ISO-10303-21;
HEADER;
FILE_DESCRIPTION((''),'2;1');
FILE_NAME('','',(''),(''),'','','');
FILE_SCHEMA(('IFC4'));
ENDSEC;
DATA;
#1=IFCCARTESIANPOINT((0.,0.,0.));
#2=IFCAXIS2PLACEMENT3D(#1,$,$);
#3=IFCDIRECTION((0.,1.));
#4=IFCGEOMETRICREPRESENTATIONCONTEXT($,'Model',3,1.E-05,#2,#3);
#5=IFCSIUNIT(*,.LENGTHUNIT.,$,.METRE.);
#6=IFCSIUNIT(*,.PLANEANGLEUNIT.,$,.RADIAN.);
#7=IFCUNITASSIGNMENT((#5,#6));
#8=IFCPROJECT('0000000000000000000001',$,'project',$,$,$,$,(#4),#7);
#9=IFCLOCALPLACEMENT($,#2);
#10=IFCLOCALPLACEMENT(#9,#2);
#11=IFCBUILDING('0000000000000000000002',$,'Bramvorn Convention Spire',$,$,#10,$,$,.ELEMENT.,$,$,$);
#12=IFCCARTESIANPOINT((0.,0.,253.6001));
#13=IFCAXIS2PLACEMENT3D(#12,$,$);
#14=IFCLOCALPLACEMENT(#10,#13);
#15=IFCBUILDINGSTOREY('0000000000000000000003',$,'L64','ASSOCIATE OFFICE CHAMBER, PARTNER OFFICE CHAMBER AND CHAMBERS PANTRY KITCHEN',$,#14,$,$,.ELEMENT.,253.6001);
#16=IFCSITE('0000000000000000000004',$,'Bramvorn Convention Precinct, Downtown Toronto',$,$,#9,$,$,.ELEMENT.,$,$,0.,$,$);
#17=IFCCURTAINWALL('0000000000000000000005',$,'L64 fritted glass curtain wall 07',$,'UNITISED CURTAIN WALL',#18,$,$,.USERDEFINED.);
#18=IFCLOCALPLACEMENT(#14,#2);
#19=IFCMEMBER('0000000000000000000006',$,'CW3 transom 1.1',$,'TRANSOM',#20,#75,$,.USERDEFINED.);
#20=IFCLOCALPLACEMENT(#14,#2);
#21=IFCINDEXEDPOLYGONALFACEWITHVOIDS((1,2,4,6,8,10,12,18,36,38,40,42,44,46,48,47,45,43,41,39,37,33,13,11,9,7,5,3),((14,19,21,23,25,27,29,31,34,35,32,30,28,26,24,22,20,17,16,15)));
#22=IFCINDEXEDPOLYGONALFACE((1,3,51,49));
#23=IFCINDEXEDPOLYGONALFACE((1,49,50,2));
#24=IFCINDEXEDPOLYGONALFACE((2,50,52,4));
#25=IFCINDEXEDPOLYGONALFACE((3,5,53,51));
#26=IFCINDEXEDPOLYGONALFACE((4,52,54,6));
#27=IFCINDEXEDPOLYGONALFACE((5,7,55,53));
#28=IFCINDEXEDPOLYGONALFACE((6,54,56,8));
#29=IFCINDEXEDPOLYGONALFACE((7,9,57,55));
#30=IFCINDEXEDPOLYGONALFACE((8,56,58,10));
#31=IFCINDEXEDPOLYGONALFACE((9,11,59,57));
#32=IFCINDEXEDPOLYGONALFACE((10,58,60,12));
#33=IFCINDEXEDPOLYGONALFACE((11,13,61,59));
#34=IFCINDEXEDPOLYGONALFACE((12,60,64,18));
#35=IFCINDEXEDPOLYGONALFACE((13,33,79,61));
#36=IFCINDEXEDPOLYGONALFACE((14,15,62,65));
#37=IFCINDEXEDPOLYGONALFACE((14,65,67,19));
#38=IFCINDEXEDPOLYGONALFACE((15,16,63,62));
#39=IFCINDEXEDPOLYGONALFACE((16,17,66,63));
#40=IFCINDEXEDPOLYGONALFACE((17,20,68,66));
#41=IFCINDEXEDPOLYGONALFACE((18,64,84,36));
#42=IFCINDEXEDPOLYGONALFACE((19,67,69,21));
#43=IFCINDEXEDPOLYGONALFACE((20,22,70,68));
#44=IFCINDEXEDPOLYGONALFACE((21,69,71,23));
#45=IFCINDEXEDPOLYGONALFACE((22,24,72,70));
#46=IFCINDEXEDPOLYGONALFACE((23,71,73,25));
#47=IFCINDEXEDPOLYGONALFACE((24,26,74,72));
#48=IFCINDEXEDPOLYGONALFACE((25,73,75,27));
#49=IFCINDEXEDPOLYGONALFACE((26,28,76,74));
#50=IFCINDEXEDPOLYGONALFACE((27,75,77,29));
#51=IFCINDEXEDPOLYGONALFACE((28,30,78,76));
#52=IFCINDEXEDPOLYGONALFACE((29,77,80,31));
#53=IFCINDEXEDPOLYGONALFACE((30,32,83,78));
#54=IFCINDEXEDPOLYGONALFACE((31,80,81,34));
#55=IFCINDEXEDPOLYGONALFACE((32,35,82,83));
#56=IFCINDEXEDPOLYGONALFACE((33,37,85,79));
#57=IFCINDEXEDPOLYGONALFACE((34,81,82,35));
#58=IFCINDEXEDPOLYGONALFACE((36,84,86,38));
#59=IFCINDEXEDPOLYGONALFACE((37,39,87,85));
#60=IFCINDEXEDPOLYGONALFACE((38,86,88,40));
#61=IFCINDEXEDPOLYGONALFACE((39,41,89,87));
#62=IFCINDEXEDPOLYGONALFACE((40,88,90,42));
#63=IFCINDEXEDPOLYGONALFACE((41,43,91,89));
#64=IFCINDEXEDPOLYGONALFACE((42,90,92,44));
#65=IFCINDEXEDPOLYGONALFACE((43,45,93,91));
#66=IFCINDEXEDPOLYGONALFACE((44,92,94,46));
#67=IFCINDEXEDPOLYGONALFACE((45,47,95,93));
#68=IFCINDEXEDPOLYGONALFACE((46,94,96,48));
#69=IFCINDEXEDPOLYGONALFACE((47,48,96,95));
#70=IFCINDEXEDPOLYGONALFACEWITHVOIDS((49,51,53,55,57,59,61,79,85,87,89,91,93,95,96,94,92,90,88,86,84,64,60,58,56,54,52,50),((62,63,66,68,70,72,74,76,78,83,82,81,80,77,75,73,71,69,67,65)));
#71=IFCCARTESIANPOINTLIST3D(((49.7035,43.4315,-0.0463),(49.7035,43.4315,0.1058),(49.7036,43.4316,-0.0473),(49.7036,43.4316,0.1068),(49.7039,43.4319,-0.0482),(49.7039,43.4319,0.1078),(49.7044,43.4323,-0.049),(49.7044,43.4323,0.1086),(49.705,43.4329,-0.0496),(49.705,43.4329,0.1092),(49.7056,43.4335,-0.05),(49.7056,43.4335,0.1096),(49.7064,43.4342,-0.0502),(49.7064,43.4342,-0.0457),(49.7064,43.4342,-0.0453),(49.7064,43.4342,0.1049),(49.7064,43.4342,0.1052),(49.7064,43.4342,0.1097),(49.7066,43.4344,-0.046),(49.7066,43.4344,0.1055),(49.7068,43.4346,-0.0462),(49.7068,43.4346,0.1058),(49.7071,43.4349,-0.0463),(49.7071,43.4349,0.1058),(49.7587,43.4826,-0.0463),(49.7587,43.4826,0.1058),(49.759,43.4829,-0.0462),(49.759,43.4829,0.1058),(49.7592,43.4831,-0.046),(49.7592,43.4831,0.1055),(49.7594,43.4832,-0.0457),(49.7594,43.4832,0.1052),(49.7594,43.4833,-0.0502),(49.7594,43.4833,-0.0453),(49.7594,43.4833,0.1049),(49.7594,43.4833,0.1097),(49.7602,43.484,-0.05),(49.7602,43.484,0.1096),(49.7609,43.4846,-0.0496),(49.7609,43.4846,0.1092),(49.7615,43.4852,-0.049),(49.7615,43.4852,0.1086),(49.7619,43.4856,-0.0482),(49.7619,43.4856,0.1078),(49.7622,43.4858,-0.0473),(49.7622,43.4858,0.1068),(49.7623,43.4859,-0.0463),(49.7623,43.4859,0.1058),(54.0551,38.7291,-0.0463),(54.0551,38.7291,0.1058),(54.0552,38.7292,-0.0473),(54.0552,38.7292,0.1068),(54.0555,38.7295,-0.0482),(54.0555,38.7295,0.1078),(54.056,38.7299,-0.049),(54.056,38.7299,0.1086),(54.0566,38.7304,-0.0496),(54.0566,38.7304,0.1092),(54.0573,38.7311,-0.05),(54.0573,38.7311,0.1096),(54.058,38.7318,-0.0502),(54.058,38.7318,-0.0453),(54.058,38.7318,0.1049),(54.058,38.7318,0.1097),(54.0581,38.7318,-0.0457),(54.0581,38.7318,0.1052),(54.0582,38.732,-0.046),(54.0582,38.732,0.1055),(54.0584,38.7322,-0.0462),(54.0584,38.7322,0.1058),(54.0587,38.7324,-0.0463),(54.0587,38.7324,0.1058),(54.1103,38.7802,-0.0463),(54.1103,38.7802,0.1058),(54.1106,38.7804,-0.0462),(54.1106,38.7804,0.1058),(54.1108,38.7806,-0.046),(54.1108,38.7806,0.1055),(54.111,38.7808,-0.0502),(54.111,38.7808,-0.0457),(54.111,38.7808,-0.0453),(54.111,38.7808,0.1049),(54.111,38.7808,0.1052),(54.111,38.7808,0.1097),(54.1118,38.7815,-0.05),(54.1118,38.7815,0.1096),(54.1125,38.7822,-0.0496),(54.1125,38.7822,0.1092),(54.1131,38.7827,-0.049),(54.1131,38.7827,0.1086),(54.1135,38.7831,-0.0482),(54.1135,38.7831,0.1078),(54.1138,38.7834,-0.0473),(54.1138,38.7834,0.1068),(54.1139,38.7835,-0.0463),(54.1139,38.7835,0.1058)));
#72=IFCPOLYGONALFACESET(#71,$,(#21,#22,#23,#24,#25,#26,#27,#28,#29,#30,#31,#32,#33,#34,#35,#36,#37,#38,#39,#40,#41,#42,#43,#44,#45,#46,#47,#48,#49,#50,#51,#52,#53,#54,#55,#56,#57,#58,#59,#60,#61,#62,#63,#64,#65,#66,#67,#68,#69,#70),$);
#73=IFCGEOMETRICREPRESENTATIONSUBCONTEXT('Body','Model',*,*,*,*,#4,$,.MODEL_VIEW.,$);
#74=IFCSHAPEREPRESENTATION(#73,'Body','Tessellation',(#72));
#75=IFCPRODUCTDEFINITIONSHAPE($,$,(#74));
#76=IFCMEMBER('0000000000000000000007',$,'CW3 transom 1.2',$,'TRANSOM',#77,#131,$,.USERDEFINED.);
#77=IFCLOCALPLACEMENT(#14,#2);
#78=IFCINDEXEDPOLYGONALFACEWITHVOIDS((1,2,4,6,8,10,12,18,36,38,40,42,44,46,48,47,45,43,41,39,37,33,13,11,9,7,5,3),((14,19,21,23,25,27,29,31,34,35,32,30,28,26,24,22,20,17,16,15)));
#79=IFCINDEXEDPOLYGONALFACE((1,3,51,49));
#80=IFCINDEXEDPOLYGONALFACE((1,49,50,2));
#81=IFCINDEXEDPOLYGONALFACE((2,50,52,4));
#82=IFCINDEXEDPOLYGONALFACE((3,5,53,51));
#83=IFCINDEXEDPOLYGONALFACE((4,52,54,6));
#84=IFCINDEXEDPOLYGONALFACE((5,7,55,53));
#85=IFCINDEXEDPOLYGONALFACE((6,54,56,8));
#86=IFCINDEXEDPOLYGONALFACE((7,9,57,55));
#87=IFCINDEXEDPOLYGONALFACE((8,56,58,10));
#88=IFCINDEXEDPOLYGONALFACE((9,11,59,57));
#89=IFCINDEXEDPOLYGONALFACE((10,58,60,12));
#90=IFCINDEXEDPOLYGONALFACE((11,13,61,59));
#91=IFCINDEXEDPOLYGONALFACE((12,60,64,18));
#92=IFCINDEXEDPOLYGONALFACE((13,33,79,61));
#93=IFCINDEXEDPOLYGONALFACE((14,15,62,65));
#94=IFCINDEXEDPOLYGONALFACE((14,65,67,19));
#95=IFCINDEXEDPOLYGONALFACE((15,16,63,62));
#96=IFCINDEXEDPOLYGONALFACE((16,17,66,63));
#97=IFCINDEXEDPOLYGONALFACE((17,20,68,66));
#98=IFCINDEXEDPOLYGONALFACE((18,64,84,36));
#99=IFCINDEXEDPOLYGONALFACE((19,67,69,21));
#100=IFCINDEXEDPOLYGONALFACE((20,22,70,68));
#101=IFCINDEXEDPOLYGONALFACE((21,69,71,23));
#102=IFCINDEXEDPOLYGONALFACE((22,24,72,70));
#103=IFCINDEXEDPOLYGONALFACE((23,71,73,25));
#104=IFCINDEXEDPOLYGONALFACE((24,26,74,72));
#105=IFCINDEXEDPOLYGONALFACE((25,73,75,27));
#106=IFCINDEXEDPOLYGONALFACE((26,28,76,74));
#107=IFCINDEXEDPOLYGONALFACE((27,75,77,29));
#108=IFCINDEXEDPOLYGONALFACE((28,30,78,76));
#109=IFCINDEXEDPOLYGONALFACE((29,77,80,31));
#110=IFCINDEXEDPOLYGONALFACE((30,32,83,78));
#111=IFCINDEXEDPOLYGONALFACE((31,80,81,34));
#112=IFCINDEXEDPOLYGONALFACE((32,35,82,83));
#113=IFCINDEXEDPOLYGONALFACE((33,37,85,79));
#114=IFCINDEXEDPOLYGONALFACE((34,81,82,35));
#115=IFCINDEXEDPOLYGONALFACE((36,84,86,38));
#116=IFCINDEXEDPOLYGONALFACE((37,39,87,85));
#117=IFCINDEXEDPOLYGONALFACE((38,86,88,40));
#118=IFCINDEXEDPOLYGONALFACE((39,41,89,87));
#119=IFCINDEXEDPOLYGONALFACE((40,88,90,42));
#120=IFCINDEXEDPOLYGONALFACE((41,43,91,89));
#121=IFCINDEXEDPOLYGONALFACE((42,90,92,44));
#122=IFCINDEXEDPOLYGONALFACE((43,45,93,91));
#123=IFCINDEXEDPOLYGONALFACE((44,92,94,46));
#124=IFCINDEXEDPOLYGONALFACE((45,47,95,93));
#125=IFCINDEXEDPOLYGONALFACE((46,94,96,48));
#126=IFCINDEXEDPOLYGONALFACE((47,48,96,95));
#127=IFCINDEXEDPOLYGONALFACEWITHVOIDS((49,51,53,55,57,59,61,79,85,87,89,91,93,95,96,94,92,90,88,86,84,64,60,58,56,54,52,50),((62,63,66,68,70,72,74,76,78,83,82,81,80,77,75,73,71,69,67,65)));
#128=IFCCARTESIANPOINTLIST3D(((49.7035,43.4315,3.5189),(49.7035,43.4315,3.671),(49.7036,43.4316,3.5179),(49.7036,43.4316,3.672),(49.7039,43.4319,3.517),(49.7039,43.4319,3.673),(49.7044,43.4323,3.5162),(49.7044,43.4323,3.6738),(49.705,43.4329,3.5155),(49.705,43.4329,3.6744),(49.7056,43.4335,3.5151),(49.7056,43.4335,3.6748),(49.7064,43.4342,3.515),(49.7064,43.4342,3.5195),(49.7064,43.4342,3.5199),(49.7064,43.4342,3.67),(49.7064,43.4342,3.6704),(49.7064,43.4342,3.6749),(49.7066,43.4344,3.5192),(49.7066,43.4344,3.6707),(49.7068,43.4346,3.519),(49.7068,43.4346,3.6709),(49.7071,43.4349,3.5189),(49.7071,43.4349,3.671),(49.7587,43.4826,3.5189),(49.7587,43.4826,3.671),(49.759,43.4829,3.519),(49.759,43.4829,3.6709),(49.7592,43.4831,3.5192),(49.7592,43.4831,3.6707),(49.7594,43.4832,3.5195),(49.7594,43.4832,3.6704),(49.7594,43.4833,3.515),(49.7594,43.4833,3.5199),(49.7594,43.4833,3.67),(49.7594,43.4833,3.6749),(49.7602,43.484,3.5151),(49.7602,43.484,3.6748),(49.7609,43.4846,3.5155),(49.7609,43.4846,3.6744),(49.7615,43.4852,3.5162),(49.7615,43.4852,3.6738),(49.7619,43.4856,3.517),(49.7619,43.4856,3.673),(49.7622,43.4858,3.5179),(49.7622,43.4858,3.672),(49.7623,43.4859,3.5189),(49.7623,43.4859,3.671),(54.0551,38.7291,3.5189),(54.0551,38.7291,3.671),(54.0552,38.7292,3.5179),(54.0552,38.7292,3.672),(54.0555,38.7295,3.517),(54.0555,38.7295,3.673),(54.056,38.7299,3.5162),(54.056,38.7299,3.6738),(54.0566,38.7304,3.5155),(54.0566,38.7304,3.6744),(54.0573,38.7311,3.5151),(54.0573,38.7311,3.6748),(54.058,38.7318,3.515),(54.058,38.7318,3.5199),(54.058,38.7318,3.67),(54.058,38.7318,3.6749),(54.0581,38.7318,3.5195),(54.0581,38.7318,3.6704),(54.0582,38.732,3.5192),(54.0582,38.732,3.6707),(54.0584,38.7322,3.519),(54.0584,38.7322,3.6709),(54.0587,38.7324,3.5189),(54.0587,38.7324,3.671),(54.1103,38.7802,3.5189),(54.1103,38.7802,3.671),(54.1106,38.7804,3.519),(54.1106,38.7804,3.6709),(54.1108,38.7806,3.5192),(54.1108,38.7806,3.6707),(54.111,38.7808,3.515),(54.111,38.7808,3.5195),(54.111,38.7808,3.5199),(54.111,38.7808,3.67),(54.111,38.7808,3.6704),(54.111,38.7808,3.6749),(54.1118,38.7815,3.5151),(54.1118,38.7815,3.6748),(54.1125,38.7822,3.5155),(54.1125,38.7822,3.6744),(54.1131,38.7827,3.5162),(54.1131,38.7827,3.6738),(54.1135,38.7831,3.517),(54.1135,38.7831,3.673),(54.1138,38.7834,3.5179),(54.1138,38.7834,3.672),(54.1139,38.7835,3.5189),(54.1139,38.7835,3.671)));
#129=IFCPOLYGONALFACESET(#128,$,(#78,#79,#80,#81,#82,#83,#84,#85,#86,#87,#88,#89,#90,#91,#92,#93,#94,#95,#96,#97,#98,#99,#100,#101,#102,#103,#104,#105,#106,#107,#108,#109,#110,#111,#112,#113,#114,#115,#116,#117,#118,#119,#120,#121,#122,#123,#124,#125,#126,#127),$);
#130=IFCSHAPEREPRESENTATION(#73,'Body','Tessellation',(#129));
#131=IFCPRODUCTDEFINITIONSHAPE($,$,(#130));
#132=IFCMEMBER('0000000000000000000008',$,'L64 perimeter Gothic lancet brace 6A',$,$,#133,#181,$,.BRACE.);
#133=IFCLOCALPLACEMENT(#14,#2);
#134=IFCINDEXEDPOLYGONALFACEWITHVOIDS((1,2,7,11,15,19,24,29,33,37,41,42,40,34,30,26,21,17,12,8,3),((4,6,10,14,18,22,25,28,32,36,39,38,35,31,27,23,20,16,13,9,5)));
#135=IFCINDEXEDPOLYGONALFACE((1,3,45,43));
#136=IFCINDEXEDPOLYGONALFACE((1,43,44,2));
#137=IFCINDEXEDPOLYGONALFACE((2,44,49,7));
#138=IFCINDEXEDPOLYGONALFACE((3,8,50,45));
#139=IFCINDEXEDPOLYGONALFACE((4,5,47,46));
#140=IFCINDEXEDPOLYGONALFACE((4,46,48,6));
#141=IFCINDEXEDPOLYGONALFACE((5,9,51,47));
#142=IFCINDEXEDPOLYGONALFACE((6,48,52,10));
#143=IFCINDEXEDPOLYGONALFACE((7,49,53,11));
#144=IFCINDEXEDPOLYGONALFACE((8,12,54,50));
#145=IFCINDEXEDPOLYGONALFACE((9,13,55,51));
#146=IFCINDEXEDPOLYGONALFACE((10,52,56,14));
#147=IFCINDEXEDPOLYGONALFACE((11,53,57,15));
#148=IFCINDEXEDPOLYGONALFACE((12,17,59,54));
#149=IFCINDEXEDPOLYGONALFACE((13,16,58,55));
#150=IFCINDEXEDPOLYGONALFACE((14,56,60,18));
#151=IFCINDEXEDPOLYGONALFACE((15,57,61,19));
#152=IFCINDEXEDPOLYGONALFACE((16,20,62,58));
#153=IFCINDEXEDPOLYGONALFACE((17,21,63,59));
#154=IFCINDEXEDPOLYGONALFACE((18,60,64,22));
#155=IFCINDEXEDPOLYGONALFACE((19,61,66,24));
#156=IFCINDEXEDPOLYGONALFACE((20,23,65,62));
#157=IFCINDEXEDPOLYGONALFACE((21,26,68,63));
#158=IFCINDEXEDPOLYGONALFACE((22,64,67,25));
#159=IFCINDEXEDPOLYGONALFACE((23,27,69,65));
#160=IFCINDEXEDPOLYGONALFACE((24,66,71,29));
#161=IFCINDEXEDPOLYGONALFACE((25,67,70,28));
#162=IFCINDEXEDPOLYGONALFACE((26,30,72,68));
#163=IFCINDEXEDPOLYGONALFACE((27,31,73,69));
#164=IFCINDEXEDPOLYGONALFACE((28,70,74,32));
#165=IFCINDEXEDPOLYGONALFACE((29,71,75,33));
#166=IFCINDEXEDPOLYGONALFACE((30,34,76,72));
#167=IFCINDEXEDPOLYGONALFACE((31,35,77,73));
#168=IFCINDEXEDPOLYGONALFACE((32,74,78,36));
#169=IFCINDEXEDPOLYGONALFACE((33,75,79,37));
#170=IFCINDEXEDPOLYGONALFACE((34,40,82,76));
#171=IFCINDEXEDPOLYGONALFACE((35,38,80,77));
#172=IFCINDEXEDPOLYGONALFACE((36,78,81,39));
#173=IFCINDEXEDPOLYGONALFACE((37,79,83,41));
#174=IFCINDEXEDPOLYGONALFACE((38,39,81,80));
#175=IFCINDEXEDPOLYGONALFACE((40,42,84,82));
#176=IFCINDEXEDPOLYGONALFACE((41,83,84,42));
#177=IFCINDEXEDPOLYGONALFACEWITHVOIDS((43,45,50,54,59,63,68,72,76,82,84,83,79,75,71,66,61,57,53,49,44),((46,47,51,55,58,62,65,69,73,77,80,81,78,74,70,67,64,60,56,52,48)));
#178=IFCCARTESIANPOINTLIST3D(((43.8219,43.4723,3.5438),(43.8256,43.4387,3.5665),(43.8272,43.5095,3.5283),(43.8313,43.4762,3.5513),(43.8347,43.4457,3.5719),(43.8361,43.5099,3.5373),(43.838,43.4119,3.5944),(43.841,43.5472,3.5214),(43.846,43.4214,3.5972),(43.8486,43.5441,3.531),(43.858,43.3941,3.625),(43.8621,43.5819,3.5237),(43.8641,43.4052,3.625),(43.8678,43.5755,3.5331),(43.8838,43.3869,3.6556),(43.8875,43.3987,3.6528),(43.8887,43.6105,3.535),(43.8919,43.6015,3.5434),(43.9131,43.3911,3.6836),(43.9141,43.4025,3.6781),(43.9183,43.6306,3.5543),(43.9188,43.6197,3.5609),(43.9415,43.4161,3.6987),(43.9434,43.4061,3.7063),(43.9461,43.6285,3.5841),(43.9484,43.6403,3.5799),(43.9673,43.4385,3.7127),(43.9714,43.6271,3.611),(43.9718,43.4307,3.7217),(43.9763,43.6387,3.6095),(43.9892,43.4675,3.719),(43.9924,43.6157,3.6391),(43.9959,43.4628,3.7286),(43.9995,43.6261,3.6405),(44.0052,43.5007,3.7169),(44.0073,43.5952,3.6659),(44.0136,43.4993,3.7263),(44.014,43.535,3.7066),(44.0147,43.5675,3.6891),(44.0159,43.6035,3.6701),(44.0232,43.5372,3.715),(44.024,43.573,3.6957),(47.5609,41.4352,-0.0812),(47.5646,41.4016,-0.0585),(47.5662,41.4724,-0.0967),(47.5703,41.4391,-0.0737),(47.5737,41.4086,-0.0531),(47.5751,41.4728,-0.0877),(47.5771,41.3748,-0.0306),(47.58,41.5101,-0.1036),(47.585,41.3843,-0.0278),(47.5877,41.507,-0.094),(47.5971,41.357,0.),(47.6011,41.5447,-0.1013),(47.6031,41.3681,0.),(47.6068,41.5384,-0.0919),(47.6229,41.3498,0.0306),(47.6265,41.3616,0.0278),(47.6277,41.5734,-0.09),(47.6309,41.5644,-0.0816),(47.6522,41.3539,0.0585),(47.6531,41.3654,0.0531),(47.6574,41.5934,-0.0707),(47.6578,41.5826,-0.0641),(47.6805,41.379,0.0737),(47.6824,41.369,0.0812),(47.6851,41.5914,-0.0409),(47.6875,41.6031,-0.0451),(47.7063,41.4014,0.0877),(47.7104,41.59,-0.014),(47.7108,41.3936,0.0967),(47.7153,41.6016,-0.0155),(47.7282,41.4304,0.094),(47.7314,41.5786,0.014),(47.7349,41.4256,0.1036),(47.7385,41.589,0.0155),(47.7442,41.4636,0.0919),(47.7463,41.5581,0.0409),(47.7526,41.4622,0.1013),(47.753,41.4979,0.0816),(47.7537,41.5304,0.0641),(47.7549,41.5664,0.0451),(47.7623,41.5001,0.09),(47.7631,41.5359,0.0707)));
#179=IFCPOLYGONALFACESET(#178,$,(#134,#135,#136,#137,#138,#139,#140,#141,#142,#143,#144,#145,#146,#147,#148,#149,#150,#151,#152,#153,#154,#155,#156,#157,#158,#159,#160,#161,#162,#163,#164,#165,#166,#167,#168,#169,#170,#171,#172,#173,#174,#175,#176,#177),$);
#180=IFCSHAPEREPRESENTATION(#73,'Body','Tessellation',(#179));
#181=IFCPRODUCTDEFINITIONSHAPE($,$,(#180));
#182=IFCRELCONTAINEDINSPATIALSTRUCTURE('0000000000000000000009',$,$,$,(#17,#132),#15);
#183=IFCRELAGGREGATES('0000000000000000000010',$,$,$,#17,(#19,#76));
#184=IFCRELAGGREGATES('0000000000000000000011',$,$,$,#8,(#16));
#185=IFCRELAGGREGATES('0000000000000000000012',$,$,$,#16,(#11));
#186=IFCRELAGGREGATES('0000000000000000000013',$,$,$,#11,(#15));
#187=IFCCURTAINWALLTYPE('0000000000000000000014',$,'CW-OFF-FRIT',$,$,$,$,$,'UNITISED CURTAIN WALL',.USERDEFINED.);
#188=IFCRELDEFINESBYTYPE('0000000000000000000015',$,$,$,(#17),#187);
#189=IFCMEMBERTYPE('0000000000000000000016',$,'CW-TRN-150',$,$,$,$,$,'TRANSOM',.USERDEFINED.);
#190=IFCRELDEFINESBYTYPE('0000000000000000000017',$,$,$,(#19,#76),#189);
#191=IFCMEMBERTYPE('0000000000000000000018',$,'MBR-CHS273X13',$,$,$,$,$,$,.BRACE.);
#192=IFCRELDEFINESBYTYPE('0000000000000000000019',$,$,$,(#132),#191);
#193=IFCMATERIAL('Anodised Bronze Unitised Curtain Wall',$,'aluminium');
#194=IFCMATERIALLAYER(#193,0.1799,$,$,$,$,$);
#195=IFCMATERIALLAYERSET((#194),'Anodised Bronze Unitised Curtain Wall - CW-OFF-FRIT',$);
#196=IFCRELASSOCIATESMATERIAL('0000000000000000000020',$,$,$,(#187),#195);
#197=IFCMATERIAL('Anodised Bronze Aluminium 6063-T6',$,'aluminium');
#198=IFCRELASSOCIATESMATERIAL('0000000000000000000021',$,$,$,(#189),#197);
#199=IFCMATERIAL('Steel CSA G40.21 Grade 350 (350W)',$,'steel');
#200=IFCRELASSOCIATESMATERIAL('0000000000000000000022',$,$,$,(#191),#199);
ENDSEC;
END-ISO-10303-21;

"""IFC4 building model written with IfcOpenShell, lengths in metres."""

from ifc_helpers import new_model, si_unit, direction, frame, origin, origin_2d, place, context, subcontext, project, spatial, hollow_rectangle, hollow_circle, extrude, material, layer, layer_set, material_profile, profile_set, type_object, element, aggregate, save


model = new_model("IFC4")

# Units and contexts
model_context = context("Model", 3, precision=1e-05, world=origin(), true_north=direction((0.0, 1.0)))
body_context = subcontext(model_context, "Body", "Model", "MODEL_VIEW")
ifc_project = project(units=[si_unit("LENGTHUNIT", "METRE"), si_unit("PLANEANGLEUNIT", "RADIAN")], contexts=[model_context])

# Site, building, storey
site_placement = place(None, origin())
site = spatial("IfcSite", under=ifc_project, at=site_placement, Name="Bramvorn Convention Precinct, Downtown Toronto", CompositionType="ELEMENT", RefElevation=0.0)
building_placement = place(site_placement, origin())
building = spatial("IfcBuilding", under=site, at=building_placement, Name="Bramvorn Convention Spire", CompositionType="ELEMENT")
storey_placement = place(building_placement, frame((0.0, 0.0, 253.6001)))
storey = spatial("IfcBuildingStorey", under=building, at=storey_placement, Name="L64", Description="ASSOCIATE OFFICE CHAMBER, PARTNER OFFICE CHAMBER AND CHAMBERS PANTRY KITCHEN", CompositionType="ELEMENT", Elevation=253.6001)

# Shared definitions
ifc_material_1 = material(Name="Steel CSA G40.21 Grade 350 (350W)", Category="steel")

# Shared definitions
ifc_material_2 = material(Name="Anodised Bronze Unitised Curtain Wall", Category="aluminium")
ifc_layer_1 = layer(ifc_material_2, 0.1799)
ifc_layer_set_1 = layer_set([ifc_layer_1], Name="Anodised Bronze Unitised Curtain Wall - CW-OFF-FRIT")
curtain_wall_type = type_object("IfcCurtainWallType", Name="CW-OFF-FRIT", ElementType="UNITISED CURTAIN WALL", PredefinedType="USERDEFINED", material=ifc_layer_set_1)
ifc_material_3 = material(Name="Anodised Bronze Aluminium 6063-T6", Category="aluminium")

# Curtain wall
curtain_wall_1_placement = place(storey_placement, origin())
curtain_wall_1 = element("IfcCurtainWall", 1, at=curtain_wall_1_placement, inside=storey, type_object=curtain_wall_type, Name="L64 fritted glass curtain wall 07", ObjectType="UNITISED CURTAIN WALL", PredefinedType="USERDEFINED")

# Members
ifc_material_profile_1 = material_profile(ifc_material_3, hollow_rectangle(XDim=0.0801, YDim=0.1599, WallThickness=0.0039, InnerFilletRadius=0.001, OuterFilletRadius=0.0039, at=origin_2d()))
ifc_profile_set_1 = profile_set([ifc_material_profile_1], Name="Anodised Bronze Aluminium 6063-T6 - CWT80X160")
member_type_1 = type_object("IfcMemberType", Name="CW-TRN-150", ElementType="TRANSOM", PredefinedType="USERDEFINED", material=ifc_profile_set_1)
member_1_placement = place(storey_placement, frame((49.7329, 43.4587, 0.0298), z_axis=(0.679198, -0.733956, 0.0), x_axis=(0.733956, 0.679198, 0.0)))
member_1 = element("IfcMember", 2, at=member_1_placement, type_object=member_type_1, Name="CW3 transom 1.1", ObjectType="TRANSOM", PredefinedType="USERDEFINED", context=body_context, shape_type="SweptSolid", body=[
    extrude(hollow_rectangle(XDim=0.0801, YDim=0.1599, WallThickness=0.0039, InnerFilletRadius=0.001, OuterFilletRadius=0.0039, at=origin_2d()), origin(), (0.0, 0.0, 1.0), 6.407),
])
member_2_placement = place(storey_placement, frame((49.7329, 43.4587, 3.595), z_axis=(0.679198, -0.733956, 0.0), x_axis=(0.733956, 0.679198, 0.0)))
member_2 = element("IfcMember", 3, at=member_2_placement, type_object=member_type_1, Name="CW3 transom 1.2", ObjectType="TRANSOM", PredefinedType="USERDEFINED", context=body_context, shape_type="SweptSolid", body=[
    extrude(hollow_rectangle(XDim=0.0801, YDim=0.1599, WallThickness=0.0039, InnerFilletRadius=0.001, OuterFilletRadius=0.0039, at=origin_2d()), origin(), (0.0, 0.0, 1.0), 6.407),
])

# Member
ifc_material_profile_2 = material_profile(ifc_material_1, hollow_circle(Radius=0.1365, WallThickness=0.0127, at=origin_2d()))
ifc_profile_set_2 = profile_set([ifc_material_profile_2], Name="Steel CSA G40.21 Grade 350 (350W) - CHS273X13")
member_type_2 = type_object("IfcMemberType", Name="MBR-CHS273X13", PredefinedType="BRACE", material=ifc_profile_set_2)
member_3_placement = place(storey_placement, frame((47.6624, 41.4768, 0.0), z_axis=(-0.668634, 0.364289, 0.648245), x_axis=(-0.478426, -0.878128, 0.0)))
element("IfcMember", 4, at=member_3_placement, inside=storey, type_object=member_type_2, Name="L64 perimeter Gothic lancet brace 6A", PredefinedType="BRACE", context=body_context, shape_type="SweptSolid", body=[
    extrude(hollow_circle(Radius=0.1365, WallThickness=0.0127, at=origin_2d()), origin(), (0.0, 0.0, 1.0), 5.592),
])

aggregate(curtain_wall_1, [member_1, member_2])

save(model, "model.ifc")
